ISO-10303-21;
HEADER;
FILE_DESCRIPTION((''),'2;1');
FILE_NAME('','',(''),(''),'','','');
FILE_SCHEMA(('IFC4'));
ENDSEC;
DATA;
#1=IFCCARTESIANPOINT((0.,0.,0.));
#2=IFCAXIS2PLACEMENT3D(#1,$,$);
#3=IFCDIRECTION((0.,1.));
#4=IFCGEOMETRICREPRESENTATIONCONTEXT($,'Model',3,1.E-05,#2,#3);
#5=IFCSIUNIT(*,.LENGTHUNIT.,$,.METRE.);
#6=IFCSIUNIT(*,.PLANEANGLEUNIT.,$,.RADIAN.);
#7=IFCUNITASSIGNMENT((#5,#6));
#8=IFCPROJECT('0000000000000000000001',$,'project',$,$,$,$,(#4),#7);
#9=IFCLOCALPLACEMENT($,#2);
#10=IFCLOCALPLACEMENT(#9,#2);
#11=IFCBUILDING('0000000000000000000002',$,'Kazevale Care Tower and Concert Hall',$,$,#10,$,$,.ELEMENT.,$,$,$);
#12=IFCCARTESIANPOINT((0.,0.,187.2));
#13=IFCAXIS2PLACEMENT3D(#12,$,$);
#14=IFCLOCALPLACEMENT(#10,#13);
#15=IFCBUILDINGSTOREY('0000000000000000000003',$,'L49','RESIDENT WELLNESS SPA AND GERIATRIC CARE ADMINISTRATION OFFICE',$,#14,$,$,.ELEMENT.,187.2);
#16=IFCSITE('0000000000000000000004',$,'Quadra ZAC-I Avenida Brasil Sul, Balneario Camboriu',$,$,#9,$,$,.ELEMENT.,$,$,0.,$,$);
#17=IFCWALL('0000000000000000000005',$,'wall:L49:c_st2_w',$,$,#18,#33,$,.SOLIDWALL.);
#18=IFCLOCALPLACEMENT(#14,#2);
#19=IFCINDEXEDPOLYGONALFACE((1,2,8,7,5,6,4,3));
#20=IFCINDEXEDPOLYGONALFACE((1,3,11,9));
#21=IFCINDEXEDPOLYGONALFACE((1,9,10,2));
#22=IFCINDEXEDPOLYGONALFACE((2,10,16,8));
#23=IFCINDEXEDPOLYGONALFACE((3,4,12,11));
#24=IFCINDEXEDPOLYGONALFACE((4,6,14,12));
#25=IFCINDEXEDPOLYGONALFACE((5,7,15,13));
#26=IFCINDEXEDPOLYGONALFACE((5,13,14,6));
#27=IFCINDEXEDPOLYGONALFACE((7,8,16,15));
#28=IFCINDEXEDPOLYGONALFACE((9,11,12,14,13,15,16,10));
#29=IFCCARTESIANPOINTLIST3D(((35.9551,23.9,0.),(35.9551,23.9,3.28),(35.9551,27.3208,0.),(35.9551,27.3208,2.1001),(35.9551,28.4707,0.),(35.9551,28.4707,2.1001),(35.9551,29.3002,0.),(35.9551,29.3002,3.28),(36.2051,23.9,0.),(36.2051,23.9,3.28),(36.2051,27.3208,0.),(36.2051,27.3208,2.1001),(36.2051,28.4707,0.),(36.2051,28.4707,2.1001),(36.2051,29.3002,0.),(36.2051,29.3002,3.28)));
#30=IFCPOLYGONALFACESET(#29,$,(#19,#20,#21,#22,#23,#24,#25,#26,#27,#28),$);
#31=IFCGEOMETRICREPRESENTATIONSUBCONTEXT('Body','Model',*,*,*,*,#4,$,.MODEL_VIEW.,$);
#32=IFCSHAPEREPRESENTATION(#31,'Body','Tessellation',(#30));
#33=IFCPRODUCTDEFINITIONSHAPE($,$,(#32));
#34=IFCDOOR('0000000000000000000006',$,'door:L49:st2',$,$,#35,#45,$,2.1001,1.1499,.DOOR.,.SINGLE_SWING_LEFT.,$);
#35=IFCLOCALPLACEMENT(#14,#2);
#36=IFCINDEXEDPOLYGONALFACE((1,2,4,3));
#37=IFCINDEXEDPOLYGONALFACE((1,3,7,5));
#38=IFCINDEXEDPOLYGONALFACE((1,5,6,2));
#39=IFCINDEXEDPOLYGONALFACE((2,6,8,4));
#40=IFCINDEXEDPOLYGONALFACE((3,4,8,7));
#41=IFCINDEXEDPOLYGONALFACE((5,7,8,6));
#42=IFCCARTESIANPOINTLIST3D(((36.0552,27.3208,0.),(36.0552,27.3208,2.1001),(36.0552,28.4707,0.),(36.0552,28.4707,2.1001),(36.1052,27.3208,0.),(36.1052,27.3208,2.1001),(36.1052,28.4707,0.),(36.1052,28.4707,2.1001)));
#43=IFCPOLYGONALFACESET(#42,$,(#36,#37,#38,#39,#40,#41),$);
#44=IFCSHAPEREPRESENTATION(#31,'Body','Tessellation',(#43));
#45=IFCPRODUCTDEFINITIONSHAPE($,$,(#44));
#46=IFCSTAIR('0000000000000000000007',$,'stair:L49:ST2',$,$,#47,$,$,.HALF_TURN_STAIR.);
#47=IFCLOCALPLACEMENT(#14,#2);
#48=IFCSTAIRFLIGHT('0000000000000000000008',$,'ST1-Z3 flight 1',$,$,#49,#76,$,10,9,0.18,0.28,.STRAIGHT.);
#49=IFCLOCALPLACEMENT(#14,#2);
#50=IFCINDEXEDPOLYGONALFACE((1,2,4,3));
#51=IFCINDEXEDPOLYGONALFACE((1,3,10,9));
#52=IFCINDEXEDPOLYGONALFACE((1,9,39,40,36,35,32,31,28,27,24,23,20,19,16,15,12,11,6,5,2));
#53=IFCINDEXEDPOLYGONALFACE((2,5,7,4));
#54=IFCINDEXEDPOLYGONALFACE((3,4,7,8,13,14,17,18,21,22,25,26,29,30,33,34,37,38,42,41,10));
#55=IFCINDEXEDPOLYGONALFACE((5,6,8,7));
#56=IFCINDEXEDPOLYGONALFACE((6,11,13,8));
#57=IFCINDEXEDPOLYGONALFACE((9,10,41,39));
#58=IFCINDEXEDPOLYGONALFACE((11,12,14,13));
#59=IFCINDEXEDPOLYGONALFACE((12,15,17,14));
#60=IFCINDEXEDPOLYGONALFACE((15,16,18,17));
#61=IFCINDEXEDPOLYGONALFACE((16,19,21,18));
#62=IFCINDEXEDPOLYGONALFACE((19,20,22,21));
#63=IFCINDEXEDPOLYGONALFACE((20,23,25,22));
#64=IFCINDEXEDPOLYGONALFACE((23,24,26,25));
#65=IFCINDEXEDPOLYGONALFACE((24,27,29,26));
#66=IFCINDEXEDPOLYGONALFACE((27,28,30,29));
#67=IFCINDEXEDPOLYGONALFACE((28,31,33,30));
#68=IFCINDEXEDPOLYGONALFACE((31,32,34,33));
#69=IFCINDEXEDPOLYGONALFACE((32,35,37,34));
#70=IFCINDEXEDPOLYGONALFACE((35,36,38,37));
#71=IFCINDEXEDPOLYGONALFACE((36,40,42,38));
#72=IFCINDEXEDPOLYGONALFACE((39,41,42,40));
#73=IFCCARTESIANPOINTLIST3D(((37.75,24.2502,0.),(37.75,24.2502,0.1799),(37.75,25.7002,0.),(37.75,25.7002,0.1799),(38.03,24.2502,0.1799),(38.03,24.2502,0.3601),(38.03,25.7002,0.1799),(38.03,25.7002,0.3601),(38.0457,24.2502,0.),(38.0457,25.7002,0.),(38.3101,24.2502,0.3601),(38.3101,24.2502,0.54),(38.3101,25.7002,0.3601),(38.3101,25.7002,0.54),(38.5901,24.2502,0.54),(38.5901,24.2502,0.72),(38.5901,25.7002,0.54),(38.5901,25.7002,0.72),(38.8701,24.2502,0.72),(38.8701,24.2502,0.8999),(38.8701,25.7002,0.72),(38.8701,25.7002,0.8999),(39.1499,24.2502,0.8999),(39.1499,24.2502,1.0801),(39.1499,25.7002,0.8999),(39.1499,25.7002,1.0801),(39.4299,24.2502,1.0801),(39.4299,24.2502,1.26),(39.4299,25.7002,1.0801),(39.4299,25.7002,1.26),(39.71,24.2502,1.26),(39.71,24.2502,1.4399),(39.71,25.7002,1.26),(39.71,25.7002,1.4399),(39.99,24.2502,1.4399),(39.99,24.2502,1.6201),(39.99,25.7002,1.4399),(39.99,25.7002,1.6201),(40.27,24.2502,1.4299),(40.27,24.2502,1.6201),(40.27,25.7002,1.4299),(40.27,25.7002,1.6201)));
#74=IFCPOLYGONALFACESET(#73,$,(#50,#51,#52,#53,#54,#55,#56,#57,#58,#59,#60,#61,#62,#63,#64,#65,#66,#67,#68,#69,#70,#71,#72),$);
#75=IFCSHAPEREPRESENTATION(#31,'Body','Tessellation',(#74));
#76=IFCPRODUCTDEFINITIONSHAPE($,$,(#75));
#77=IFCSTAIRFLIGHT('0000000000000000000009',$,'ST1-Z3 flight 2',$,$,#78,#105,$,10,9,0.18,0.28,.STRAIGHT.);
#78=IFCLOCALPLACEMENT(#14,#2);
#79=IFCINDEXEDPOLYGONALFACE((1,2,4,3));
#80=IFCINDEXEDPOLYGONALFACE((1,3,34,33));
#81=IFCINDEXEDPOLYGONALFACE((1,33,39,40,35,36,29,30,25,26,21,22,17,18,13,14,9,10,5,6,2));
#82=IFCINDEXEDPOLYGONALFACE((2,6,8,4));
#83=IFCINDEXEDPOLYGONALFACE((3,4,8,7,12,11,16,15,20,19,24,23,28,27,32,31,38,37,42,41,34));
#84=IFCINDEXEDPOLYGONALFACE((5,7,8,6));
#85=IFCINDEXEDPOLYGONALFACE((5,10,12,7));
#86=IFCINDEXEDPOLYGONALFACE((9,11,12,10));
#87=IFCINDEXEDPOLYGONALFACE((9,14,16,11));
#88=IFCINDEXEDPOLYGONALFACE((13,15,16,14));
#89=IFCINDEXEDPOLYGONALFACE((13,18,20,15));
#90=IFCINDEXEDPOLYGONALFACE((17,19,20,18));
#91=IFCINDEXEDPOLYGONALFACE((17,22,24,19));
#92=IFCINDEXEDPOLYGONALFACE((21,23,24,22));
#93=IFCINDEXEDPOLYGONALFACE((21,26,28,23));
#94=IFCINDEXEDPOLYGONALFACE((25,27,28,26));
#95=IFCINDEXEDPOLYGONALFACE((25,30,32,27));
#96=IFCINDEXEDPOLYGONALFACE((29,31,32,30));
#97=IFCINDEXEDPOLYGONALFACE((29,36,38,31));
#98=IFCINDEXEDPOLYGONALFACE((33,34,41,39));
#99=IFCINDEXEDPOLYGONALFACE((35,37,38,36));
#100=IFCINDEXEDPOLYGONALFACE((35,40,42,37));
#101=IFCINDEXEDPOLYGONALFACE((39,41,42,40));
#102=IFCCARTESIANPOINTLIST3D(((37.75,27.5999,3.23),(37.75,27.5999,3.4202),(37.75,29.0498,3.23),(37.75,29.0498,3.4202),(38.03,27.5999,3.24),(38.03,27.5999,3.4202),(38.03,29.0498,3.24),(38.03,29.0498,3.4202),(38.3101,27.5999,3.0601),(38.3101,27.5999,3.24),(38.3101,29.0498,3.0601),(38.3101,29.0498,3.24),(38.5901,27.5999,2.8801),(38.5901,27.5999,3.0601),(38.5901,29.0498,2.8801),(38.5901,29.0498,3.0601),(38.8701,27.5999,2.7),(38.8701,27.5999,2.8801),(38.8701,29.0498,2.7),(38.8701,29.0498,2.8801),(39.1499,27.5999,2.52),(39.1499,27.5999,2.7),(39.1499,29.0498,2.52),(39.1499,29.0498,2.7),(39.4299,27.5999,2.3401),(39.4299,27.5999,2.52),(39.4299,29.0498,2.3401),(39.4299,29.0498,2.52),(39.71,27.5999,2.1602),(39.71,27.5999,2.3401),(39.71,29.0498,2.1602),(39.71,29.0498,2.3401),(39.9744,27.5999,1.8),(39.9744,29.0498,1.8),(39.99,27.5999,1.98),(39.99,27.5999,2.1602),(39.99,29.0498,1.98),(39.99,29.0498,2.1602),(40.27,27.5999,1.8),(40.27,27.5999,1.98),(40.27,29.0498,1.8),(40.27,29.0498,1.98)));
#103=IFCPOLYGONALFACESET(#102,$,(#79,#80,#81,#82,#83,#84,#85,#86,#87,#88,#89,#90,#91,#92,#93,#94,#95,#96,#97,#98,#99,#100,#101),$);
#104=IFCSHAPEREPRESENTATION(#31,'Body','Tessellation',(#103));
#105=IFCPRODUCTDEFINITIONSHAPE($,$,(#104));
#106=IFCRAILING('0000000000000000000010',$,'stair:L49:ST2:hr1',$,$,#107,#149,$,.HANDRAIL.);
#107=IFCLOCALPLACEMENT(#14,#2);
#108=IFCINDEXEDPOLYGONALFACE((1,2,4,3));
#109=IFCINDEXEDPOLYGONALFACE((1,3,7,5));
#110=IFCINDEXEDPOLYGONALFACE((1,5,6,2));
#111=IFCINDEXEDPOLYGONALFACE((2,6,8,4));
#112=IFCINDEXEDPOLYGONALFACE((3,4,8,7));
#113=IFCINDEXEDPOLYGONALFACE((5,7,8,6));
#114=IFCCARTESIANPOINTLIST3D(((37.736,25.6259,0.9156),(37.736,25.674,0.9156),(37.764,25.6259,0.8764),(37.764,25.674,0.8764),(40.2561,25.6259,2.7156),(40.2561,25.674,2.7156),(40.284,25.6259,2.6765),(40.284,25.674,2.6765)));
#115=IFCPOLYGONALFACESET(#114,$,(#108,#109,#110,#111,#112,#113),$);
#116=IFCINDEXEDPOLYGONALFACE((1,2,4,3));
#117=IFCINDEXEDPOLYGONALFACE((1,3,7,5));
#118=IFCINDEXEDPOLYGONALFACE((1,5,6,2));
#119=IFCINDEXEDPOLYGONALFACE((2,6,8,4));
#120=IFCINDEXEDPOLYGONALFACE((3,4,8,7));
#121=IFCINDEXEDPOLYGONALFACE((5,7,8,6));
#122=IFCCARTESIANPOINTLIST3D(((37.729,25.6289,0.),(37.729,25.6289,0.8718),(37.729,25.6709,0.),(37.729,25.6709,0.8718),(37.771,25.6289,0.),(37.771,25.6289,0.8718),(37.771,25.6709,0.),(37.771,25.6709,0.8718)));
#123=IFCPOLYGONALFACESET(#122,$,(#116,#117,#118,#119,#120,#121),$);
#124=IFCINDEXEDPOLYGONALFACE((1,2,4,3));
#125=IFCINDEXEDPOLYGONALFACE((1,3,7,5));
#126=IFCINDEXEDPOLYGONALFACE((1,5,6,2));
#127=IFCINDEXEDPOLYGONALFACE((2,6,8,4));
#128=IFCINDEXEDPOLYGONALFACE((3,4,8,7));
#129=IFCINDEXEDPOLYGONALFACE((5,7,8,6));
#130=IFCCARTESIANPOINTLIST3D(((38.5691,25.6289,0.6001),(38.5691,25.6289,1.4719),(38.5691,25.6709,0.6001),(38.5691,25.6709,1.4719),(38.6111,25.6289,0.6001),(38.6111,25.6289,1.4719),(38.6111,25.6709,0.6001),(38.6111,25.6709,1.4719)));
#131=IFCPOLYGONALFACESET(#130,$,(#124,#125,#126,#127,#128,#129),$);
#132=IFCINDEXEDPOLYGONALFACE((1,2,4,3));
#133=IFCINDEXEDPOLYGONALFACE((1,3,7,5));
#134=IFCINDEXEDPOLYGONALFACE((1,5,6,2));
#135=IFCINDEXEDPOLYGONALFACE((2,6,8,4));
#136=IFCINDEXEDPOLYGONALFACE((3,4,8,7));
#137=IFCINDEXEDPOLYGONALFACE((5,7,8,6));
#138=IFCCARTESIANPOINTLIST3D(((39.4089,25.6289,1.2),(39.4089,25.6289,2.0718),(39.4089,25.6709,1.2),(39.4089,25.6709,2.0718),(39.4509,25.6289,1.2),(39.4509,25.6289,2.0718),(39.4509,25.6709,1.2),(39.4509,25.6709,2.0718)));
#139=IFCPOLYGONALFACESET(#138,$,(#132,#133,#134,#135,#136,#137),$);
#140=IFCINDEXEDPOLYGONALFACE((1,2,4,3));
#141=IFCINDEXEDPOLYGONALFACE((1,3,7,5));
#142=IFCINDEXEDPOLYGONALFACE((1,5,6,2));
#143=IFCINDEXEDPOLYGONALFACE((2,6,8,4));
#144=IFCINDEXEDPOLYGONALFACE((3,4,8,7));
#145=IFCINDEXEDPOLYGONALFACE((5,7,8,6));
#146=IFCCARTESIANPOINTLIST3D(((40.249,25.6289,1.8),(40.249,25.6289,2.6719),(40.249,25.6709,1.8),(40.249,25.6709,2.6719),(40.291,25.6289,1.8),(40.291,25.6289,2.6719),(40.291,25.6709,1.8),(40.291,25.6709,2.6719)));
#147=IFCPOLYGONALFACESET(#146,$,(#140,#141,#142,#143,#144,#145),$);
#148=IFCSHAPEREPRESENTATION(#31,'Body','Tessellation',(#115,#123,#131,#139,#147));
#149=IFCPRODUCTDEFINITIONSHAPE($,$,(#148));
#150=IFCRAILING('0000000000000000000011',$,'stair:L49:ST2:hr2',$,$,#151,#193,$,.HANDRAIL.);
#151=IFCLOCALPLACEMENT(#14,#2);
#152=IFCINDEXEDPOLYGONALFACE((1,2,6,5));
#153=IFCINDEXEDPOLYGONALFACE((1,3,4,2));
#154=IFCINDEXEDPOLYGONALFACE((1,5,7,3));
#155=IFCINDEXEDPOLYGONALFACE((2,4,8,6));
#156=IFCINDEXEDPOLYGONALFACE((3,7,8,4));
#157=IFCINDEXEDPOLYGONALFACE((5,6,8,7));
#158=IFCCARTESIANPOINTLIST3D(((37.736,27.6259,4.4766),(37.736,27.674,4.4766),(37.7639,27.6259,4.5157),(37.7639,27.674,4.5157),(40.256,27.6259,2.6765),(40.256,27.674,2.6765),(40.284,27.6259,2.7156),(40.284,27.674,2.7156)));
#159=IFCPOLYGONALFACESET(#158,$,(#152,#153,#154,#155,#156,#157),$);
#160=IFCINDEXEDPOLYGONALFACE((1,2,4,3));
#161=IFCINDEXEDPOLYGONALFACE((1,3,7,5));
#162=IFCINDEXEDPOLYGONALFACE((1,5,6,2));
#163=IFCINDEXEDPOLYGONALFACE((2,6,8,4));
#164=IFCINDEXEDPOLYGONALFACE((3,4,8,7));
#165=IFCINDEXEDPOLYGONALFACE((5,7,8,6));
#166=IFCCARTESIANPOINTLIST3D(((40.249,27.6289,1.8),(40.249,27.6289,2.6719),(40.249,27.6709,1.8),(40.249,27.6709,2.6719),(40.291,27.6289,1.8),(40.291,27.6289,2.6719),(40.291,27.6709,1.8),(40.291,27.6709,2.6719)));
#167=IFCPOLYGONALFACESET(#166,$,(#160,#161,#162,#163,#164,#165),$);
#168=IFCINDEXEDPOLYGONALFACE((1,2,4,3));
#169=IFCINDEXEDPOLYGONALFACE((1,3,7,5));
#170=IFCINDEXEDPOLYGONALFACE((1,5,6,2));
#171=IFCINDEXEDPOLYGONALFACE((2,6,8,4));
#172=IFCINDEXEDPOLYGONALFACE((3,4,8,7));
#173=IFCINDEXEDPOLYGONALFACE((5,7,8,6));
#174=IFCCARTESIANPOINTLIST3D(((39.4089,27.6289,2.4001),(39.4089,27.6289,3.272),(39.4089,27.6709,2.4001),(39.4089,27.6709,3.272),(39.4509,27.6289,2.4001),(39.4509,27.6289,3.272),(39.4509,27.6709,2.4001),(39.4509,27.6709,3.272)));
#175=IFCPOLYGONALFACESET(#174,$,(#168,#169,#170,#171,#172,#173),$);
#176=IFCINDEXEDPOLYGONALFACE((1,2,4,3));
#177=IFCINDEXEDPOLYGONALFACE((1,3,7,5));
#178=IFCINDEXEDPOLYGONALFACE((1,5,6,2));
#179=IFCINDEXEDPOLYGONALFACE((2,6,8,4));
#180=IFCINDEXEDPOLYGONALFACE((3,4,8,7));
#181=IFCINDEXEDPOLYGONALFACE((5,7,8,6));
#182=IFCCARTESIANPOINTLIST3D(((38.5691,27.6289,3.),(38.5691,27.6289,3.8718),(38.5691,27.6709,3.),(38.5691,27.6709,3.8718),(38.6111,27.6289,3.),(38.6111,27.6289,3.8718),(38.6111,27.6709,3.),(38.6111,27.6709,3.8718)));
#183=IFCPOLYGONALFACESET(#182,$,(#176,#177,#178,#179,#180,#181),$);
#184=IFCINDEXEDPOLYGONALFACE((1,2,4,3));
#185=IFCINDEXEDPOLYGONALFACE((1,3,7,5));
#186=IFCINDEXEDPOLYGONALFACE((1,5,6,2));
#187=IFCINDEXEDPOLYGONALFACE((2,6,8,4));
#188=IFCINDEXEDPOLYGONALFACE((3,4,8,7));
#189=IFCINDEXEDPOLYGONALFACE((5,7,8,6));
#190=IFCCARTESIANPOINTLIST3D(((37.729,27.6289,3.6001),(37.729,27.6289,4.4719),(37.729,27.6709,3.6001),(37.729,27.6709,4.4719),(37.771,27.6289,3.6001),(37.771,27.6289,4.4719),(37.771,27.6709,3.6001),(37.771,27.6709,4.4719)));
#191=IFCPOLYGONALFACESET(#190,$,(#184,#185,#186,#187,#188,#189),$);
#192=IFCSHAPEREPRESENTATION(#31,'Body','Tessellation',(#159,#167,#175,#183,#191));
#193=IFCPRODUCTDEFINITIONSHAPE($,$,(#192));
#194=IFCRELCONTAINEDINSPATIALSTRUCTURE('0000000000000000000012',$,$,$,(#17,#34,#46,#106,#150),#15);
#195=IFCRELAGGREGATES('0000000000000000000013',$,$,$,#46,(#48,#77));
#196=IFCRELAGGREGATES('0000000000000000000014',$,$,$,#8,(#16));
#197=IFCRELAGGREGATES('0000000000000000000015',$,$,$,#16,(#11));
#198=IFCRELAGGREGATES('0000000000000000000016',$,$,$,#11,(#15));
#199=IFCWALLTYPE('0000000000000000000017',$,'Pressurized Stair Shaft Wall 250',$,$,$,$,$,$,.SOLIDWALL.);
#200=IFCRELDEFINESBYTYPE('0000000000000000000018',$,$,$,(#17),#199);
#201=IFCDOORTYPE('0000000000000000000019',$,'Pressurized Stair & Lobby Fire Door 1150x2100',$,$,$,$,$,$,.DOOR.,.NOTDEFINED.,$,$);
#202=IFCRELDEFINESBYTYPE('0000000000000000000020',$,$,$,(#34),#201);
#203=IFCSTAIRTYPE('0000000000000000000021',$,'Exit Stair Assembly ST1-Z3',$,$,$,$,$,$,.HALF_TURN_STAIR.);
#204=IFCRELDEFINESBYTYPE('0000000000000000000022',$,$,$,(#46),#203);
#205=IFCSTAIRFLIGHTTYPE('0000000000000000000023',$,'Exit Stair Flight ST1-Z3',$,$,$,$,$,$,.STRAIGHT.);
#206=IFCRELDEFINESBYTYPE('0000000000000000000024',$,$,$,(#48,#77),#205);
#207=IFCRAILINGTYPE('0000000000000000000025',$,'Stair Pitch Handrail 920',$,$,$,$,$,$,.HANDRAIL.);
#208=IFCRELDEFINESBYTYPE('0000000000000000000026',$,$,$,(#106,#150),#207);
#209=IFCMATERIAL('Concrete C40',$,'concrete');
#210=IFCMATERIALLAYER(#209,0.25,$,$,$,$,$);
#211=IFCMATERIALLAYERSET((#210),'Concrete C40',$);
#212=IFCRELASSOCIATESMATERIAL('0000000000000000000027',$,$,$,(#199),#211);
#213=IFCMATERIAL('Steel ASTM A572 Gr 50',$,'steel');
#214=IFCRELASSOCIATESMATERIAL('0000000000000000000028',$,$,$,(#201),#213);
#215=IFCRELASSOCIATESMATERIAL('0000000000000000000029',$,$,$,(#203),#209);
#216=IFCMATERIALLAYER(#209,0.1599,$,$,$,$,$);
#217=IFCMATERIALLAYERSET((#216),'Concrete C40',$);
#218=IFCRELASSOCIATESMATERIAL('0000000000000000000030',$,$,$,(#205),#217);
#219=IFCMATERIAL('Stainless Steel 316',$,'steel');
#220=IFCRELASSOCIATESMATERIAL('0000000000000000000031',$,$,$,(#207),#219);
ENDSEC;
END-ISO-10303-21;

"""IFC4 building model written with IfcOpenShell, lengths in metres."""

from ifc_helpers import new_model, si_unit, direction, frame, frame_2d, origin, origin_2d, place, context, subcontext, project, spatial, polyline, rectangle, outline, extrude, material, layer, layer_set, type_object, element, fill, aggregate, save


model = new_model("IFC4")

# Units and contexts
model_context = context("Model", 3, precision=1e-05, world=origin(), true_north=direction((0.0, 1.0)))
body_context = subcontext(model_context, "Body", "Model", "MODEL_VIEW")
ifc_project = project(units=[si_unit("LENGTHUNIT", "METRE"), si_unit("PLANEANGLEUNIT", "RADIAN")], contexts=[model_context])

# Site, building, storey
site_placement = place(None, origin())
site = spatial("IfcSite", under=ifc_project, at=site_placement, Name="Quadra ZAC-I Avenida Brasil Sul, Balneario Camboriu", CompositionType="ELEMENT", RefElevation=0.0)
building_placement = place(site_placement, origin())
building = spatial("IfcBuilding", under=site, at=building_placement, Name="Kazevale Care Tower and Concert Hall", CompositionType="ELEMENT")
storey_placement = place(building_placement, frame((0.0, 0.0, 187.2)))
storey = spatial("IfcBuildingStorey", under=building, at=storey_placement, Name="L49", Description="RESIDENT WELLNESS SPA AND GERIATRIC CARE ADMINISTRATION OFFICE", CompositionType="ELEMENT", Elevation=187.2)

# Shared definitions
ifc_material_1 = material(Name="Steel ASTM A572 Gr 50", Category="steel")

# Wall, opening, door
ifc_material_2 = material(Name="Concrete C40", Category="concrete")
ifc_layer_1 = layer(ifc_material_2, 0.25)
ifc_layer_set_1 = layer_set([ifc_layer_1], Name="Concrete C40")
wall_type_1 = type_object("IfcWallType", Name="Pressurized Stair Shaft Wall 250", PredefinedType="SOLIDWALL", material=ifc_layer_set_1)
wall_1_placement = place(storey_placement, frame((36.0801, 23.8999, 0.0), z_axis=(0.0, 0.0, 1.0), x_axis=(0.0, 1.0, 0.0)))
wall_1 = element("IfcWall", 1, at=wall_1_placement, inside=storey, type_object=wall_type_1, Name="wall:L49:c_st2_w", PredefinedType="SOLIDWALL", context=body_context, shape_type="SweptSolid", body=[
    extrude(rectangle(XDim=5.4001, YDim=0.25, at=frame_2d((2.7002, 0.0))), origin(), (0.0, 0.0, 1.0), 3.28),
])
opening_1_placement = place(wall_1_placement, frame((3.4209, 0.0, 0.0)))
opening_1 = element("IfcOpeningElement", 2, at=opening_1_placement, cuts=wall_1, PredefinedType="OPENING", context=body_context, shape_type="SweptSolid", body=[
    extrude(rectangle(XDim=1.1499, YDim=2.1001, at=frame_2d((0.575, 1.05))), frame((0.0, 0.135, 0.0), z_axis=(0.0, -1.0, 0.0), x_axis=(1.0, 0.0, 0.0)), (0.0, 0.0, 1.0), 0.27),
])
door_type_1 = type_object("IfcDoorType", Name="Pressurized Stair & Lobby Fire Door 1150x2100", OperationType="NOTDEFINED", PredefinedType="DOOR", material=ifc_material_1)
door_1_placement = place(opening_1_placement, origin())
door_1 = element("IfcDoor", 3, at=door_1_placement, inside=storey, type_object=door_type_1, Name="door:L49:st2", OperationType="SINGLE_SWING_LEFT", OverallHeight=2.1001, OverallWidth=1.1499, PredefinedType="DOOR", context=body_context, shape_type="SweptSolid", body=[
    extrude(rectangle(XDim=1.1499, YDim=2.1001, at=frame_2d((0.575, 1.05))), frame((0.0, 0.0249, 0.0), z_axis=(0.0, -1.0, 0.0), x_axis=(1.0, 0.0, 0.0)), (0.0, 0.0, 1.0), 0.05),
])
fill(opening_1, door_1)

# Stair, stair flights
stair_type = type_object("IfcStairType", Name="Exit Stair Assembly ST1-Z3", PredefinedType="HALF_TURN_STAIR", material=ifc_material_2)
stair_placement = place(storey_placement, origin())
stair = element("IfcStair", 4, at=stair_placement, inside=storey, type_object=stair_type, Name="stair:L49:ST2", PredefinedType="HALF_TURN_STAIR")
ifc_layer_2 = layer(ifc_material_2, 0.1599)
ifc_layer_set_2 = layer_set([ifc_layer_2], Name="Concrete C40")
stair_flight_type = type_object("IfcStairFlightType", Name="Exit Stair Flight ST1-Z3", PredefinedType="STRAIGHT", material=ifc_layer_set_2)
stair_flight_1_placement = place(storey_placement, frame((37.75, 24.9751, 0.0), z_axis=(0.0, 0.0, 1.0), x_axis=(1.0, 0.0, 0.0)))
stair_flight_1 = element("IfcStairFlight", 5, at=stair_flight_1_placement, type_object=stair_flight_type, Name="ST1-Z3 flight 1", NumberOfRisers=10, NumberOfTreads=9, PredefinedType="STRAIGHT", RiserHeight=0.18, TreadLength=0.28, context=body_context, shape_type="SweptSolid", body=[
    extrude(outline(polyline([(0.0, 0.0), (0.0, 0.1799), (0.28, 0.1799), (0.28, 0.3601), (0.5601, 0.3601), (0.5601, 0.54), (0.8401, 0.54), (0.8401, 0.72), (1.1201, 0.72), (1.1201, 0.8999), (1.3999, 0.8999), (1.3999, 1.0801), (1.6799, 1.0801), (1.6799, 1.26), (1.96, 1.26), (1.96, 1.4399), (2.24, 1.4399), (2.24, 1.6201), (2.52, 1.6201), (2.52, 1.8), (2.52, 1.4299), (0.2957, 0.0), (0.0, 0.0)])), frame((0.0, 0.7251, 0.0), z_axis=(0.0, -1.0, 0.0), x_axis=(1.0, 0.0, 0.0)), (0.0, 0.0, 1.0), 1.45),
])
stair_flight_2_placement = place(storey_placement, frame((40.27, 28.325, 1.8), z_axis=(0.0, 0.0, 1.0), x_axis=(-1.0, 0.0, 0.0)))
stair_flight_2 = element("IfcStairFlight", 6, at=stair_flight_2_placement, type_object=stair_flight_type, Name="ST1-Z3 flight 2", NumberOfRisers=10, NumberOfTreads=9, PredefinedType="STRAIGHT", RiserHeight=0.18, TreadLength=0.28, context=body_context, shape_type="SweptSolid", body=[
    extrude(outline(polyline([(0.0, 0.0), (0.0, 0.1799), (0.28, 0.1799), (0.28, 0.3601), (0.5601, 0.3601), (0.5601, 0.54), (0.8401, 0.54), (0.8401, 0.72), (1.1201, 0.72), (1.1201, 0.8999), (1.3999, 0.8999), (1.3999, 1.0801), (1.6799, 1.0801), (1.6799, 1.26), (1.96, 1.26), (1.96, 1.4399), (2.24, 1.4399), (2.24, 1.6201), (2.52, 1.6201), (2.52, 1.8), (2.52, 1.4299), (0.2957, 0.0), (0.0, 0.0)])), frame((0.0, 0.7251, 0.0), z_axis=(0.0, -1.0, 0.0), x_axis=(1.0, 0.0, 0.0)), (0.0, 0.0, 1.0), 1.45),
])
aggregate(stair, [stair_flight_1, stair_flight_2])

# Railings
ifc_material_3 = material(Name="Stainless Steel 316", Category="steel")
railing_type_1 = type_object("IfcRailingType", Name="Stair Pitch Handrail 920", PredefinedType="HANDRAIL", material=ifc_material_3)
railing_1_placement = place(storey_placement, frame((37.75, 25.6499, 0.0)))
element("IfcRailing", 7, at=railing_1_placement, inside=storey, type_object=railing_type_1, Name="stair:L49:ST2:hr1", PredefinedType="HANDRAIL", context=body_context, shape_type="SweptSolid", body=[
    extrude(rectangle(XDim=0.0481, YDim=0.0481, at=origin_2d()), frame((0.0, 0.0, 0.896), z_axis=(0.813728, 0.0, 0.581246), x_axis=(0.0, 1.0, 0.0)), (0.0, 0.0, 1.0), 3.0969),
    extrude(rectangle(XDim=0.042, YDim=0.042, at=origin_2d()), origin(), (0.0, 0.0, 1.0), 0.8718),
    extrude(rectangle(XDim=0.042, YDim=0.042, at=origin_2d()), frame((0.8401, 0.0, 0.6001)), (0.0, 0.0, 1.0), 0.8718),
    extrude(rectangle(XDim=0.042, YDim=0.042, at=origin_2d()), frame((1.6799, 0.0, 1.2)), (0.0, 0.0, 1.0), 0.8718),
    extrude(rectangle(XDim=0.042, YDim=0.042, at=origin_2d()), frame((2.52, 0.0, 1.8)), (0.0, 0.0, 1.0), 0.8718),
])
railing_2_placement = place(storey_placement, frame((40.27, 27.6499, 1.8)))
element("IfcRailing", 8, at=railing_2_placement, inside=storey, type_object=railing_type_1, Name="stair:L49:ST2:hr2", PredefinedType="HANDRAIL", context=body_context, shape_type="SweptSolid", body=[
    extrude(rectangle(XDim=0.0481, YDim=0.0481, at=origin_2d()), frame((0.0, 0.0, 0.896), z_axis=(-0.813728, 0.0, 0.581246), x_axis=(0.0, -1.0, 0.0)), (0.0, 0.0, 1.0), 3.0969),
    extrude(rectangle(XDim=0.042, YDim=0.042, at=origin_2d()), origin(), (0.0, 0.0, 1.0), 0.8718),
    extrude(rectangle(XDim=0.042, YDim=0.042, at=origin_2d()), frame((-0.8401, 0.0, 0.6001)), (0.0, 0.0, 1.0), 0.8718),
    extrude(rectangle(XDim=0.042, YDim=0.042, at=origin_2d()), frame((-1.6799, 0.0, 1.2)), (0.0, 0.0, 1.0), 0.8718),
    extrude(rectangle(XDim=0.042, YDim=0.042, at=origin_2d()), frame((-2.52, 0.0, 1.8)), (0.0, 0.0, 1.0), 0.8718),
])

save(model, "model.ifc")
